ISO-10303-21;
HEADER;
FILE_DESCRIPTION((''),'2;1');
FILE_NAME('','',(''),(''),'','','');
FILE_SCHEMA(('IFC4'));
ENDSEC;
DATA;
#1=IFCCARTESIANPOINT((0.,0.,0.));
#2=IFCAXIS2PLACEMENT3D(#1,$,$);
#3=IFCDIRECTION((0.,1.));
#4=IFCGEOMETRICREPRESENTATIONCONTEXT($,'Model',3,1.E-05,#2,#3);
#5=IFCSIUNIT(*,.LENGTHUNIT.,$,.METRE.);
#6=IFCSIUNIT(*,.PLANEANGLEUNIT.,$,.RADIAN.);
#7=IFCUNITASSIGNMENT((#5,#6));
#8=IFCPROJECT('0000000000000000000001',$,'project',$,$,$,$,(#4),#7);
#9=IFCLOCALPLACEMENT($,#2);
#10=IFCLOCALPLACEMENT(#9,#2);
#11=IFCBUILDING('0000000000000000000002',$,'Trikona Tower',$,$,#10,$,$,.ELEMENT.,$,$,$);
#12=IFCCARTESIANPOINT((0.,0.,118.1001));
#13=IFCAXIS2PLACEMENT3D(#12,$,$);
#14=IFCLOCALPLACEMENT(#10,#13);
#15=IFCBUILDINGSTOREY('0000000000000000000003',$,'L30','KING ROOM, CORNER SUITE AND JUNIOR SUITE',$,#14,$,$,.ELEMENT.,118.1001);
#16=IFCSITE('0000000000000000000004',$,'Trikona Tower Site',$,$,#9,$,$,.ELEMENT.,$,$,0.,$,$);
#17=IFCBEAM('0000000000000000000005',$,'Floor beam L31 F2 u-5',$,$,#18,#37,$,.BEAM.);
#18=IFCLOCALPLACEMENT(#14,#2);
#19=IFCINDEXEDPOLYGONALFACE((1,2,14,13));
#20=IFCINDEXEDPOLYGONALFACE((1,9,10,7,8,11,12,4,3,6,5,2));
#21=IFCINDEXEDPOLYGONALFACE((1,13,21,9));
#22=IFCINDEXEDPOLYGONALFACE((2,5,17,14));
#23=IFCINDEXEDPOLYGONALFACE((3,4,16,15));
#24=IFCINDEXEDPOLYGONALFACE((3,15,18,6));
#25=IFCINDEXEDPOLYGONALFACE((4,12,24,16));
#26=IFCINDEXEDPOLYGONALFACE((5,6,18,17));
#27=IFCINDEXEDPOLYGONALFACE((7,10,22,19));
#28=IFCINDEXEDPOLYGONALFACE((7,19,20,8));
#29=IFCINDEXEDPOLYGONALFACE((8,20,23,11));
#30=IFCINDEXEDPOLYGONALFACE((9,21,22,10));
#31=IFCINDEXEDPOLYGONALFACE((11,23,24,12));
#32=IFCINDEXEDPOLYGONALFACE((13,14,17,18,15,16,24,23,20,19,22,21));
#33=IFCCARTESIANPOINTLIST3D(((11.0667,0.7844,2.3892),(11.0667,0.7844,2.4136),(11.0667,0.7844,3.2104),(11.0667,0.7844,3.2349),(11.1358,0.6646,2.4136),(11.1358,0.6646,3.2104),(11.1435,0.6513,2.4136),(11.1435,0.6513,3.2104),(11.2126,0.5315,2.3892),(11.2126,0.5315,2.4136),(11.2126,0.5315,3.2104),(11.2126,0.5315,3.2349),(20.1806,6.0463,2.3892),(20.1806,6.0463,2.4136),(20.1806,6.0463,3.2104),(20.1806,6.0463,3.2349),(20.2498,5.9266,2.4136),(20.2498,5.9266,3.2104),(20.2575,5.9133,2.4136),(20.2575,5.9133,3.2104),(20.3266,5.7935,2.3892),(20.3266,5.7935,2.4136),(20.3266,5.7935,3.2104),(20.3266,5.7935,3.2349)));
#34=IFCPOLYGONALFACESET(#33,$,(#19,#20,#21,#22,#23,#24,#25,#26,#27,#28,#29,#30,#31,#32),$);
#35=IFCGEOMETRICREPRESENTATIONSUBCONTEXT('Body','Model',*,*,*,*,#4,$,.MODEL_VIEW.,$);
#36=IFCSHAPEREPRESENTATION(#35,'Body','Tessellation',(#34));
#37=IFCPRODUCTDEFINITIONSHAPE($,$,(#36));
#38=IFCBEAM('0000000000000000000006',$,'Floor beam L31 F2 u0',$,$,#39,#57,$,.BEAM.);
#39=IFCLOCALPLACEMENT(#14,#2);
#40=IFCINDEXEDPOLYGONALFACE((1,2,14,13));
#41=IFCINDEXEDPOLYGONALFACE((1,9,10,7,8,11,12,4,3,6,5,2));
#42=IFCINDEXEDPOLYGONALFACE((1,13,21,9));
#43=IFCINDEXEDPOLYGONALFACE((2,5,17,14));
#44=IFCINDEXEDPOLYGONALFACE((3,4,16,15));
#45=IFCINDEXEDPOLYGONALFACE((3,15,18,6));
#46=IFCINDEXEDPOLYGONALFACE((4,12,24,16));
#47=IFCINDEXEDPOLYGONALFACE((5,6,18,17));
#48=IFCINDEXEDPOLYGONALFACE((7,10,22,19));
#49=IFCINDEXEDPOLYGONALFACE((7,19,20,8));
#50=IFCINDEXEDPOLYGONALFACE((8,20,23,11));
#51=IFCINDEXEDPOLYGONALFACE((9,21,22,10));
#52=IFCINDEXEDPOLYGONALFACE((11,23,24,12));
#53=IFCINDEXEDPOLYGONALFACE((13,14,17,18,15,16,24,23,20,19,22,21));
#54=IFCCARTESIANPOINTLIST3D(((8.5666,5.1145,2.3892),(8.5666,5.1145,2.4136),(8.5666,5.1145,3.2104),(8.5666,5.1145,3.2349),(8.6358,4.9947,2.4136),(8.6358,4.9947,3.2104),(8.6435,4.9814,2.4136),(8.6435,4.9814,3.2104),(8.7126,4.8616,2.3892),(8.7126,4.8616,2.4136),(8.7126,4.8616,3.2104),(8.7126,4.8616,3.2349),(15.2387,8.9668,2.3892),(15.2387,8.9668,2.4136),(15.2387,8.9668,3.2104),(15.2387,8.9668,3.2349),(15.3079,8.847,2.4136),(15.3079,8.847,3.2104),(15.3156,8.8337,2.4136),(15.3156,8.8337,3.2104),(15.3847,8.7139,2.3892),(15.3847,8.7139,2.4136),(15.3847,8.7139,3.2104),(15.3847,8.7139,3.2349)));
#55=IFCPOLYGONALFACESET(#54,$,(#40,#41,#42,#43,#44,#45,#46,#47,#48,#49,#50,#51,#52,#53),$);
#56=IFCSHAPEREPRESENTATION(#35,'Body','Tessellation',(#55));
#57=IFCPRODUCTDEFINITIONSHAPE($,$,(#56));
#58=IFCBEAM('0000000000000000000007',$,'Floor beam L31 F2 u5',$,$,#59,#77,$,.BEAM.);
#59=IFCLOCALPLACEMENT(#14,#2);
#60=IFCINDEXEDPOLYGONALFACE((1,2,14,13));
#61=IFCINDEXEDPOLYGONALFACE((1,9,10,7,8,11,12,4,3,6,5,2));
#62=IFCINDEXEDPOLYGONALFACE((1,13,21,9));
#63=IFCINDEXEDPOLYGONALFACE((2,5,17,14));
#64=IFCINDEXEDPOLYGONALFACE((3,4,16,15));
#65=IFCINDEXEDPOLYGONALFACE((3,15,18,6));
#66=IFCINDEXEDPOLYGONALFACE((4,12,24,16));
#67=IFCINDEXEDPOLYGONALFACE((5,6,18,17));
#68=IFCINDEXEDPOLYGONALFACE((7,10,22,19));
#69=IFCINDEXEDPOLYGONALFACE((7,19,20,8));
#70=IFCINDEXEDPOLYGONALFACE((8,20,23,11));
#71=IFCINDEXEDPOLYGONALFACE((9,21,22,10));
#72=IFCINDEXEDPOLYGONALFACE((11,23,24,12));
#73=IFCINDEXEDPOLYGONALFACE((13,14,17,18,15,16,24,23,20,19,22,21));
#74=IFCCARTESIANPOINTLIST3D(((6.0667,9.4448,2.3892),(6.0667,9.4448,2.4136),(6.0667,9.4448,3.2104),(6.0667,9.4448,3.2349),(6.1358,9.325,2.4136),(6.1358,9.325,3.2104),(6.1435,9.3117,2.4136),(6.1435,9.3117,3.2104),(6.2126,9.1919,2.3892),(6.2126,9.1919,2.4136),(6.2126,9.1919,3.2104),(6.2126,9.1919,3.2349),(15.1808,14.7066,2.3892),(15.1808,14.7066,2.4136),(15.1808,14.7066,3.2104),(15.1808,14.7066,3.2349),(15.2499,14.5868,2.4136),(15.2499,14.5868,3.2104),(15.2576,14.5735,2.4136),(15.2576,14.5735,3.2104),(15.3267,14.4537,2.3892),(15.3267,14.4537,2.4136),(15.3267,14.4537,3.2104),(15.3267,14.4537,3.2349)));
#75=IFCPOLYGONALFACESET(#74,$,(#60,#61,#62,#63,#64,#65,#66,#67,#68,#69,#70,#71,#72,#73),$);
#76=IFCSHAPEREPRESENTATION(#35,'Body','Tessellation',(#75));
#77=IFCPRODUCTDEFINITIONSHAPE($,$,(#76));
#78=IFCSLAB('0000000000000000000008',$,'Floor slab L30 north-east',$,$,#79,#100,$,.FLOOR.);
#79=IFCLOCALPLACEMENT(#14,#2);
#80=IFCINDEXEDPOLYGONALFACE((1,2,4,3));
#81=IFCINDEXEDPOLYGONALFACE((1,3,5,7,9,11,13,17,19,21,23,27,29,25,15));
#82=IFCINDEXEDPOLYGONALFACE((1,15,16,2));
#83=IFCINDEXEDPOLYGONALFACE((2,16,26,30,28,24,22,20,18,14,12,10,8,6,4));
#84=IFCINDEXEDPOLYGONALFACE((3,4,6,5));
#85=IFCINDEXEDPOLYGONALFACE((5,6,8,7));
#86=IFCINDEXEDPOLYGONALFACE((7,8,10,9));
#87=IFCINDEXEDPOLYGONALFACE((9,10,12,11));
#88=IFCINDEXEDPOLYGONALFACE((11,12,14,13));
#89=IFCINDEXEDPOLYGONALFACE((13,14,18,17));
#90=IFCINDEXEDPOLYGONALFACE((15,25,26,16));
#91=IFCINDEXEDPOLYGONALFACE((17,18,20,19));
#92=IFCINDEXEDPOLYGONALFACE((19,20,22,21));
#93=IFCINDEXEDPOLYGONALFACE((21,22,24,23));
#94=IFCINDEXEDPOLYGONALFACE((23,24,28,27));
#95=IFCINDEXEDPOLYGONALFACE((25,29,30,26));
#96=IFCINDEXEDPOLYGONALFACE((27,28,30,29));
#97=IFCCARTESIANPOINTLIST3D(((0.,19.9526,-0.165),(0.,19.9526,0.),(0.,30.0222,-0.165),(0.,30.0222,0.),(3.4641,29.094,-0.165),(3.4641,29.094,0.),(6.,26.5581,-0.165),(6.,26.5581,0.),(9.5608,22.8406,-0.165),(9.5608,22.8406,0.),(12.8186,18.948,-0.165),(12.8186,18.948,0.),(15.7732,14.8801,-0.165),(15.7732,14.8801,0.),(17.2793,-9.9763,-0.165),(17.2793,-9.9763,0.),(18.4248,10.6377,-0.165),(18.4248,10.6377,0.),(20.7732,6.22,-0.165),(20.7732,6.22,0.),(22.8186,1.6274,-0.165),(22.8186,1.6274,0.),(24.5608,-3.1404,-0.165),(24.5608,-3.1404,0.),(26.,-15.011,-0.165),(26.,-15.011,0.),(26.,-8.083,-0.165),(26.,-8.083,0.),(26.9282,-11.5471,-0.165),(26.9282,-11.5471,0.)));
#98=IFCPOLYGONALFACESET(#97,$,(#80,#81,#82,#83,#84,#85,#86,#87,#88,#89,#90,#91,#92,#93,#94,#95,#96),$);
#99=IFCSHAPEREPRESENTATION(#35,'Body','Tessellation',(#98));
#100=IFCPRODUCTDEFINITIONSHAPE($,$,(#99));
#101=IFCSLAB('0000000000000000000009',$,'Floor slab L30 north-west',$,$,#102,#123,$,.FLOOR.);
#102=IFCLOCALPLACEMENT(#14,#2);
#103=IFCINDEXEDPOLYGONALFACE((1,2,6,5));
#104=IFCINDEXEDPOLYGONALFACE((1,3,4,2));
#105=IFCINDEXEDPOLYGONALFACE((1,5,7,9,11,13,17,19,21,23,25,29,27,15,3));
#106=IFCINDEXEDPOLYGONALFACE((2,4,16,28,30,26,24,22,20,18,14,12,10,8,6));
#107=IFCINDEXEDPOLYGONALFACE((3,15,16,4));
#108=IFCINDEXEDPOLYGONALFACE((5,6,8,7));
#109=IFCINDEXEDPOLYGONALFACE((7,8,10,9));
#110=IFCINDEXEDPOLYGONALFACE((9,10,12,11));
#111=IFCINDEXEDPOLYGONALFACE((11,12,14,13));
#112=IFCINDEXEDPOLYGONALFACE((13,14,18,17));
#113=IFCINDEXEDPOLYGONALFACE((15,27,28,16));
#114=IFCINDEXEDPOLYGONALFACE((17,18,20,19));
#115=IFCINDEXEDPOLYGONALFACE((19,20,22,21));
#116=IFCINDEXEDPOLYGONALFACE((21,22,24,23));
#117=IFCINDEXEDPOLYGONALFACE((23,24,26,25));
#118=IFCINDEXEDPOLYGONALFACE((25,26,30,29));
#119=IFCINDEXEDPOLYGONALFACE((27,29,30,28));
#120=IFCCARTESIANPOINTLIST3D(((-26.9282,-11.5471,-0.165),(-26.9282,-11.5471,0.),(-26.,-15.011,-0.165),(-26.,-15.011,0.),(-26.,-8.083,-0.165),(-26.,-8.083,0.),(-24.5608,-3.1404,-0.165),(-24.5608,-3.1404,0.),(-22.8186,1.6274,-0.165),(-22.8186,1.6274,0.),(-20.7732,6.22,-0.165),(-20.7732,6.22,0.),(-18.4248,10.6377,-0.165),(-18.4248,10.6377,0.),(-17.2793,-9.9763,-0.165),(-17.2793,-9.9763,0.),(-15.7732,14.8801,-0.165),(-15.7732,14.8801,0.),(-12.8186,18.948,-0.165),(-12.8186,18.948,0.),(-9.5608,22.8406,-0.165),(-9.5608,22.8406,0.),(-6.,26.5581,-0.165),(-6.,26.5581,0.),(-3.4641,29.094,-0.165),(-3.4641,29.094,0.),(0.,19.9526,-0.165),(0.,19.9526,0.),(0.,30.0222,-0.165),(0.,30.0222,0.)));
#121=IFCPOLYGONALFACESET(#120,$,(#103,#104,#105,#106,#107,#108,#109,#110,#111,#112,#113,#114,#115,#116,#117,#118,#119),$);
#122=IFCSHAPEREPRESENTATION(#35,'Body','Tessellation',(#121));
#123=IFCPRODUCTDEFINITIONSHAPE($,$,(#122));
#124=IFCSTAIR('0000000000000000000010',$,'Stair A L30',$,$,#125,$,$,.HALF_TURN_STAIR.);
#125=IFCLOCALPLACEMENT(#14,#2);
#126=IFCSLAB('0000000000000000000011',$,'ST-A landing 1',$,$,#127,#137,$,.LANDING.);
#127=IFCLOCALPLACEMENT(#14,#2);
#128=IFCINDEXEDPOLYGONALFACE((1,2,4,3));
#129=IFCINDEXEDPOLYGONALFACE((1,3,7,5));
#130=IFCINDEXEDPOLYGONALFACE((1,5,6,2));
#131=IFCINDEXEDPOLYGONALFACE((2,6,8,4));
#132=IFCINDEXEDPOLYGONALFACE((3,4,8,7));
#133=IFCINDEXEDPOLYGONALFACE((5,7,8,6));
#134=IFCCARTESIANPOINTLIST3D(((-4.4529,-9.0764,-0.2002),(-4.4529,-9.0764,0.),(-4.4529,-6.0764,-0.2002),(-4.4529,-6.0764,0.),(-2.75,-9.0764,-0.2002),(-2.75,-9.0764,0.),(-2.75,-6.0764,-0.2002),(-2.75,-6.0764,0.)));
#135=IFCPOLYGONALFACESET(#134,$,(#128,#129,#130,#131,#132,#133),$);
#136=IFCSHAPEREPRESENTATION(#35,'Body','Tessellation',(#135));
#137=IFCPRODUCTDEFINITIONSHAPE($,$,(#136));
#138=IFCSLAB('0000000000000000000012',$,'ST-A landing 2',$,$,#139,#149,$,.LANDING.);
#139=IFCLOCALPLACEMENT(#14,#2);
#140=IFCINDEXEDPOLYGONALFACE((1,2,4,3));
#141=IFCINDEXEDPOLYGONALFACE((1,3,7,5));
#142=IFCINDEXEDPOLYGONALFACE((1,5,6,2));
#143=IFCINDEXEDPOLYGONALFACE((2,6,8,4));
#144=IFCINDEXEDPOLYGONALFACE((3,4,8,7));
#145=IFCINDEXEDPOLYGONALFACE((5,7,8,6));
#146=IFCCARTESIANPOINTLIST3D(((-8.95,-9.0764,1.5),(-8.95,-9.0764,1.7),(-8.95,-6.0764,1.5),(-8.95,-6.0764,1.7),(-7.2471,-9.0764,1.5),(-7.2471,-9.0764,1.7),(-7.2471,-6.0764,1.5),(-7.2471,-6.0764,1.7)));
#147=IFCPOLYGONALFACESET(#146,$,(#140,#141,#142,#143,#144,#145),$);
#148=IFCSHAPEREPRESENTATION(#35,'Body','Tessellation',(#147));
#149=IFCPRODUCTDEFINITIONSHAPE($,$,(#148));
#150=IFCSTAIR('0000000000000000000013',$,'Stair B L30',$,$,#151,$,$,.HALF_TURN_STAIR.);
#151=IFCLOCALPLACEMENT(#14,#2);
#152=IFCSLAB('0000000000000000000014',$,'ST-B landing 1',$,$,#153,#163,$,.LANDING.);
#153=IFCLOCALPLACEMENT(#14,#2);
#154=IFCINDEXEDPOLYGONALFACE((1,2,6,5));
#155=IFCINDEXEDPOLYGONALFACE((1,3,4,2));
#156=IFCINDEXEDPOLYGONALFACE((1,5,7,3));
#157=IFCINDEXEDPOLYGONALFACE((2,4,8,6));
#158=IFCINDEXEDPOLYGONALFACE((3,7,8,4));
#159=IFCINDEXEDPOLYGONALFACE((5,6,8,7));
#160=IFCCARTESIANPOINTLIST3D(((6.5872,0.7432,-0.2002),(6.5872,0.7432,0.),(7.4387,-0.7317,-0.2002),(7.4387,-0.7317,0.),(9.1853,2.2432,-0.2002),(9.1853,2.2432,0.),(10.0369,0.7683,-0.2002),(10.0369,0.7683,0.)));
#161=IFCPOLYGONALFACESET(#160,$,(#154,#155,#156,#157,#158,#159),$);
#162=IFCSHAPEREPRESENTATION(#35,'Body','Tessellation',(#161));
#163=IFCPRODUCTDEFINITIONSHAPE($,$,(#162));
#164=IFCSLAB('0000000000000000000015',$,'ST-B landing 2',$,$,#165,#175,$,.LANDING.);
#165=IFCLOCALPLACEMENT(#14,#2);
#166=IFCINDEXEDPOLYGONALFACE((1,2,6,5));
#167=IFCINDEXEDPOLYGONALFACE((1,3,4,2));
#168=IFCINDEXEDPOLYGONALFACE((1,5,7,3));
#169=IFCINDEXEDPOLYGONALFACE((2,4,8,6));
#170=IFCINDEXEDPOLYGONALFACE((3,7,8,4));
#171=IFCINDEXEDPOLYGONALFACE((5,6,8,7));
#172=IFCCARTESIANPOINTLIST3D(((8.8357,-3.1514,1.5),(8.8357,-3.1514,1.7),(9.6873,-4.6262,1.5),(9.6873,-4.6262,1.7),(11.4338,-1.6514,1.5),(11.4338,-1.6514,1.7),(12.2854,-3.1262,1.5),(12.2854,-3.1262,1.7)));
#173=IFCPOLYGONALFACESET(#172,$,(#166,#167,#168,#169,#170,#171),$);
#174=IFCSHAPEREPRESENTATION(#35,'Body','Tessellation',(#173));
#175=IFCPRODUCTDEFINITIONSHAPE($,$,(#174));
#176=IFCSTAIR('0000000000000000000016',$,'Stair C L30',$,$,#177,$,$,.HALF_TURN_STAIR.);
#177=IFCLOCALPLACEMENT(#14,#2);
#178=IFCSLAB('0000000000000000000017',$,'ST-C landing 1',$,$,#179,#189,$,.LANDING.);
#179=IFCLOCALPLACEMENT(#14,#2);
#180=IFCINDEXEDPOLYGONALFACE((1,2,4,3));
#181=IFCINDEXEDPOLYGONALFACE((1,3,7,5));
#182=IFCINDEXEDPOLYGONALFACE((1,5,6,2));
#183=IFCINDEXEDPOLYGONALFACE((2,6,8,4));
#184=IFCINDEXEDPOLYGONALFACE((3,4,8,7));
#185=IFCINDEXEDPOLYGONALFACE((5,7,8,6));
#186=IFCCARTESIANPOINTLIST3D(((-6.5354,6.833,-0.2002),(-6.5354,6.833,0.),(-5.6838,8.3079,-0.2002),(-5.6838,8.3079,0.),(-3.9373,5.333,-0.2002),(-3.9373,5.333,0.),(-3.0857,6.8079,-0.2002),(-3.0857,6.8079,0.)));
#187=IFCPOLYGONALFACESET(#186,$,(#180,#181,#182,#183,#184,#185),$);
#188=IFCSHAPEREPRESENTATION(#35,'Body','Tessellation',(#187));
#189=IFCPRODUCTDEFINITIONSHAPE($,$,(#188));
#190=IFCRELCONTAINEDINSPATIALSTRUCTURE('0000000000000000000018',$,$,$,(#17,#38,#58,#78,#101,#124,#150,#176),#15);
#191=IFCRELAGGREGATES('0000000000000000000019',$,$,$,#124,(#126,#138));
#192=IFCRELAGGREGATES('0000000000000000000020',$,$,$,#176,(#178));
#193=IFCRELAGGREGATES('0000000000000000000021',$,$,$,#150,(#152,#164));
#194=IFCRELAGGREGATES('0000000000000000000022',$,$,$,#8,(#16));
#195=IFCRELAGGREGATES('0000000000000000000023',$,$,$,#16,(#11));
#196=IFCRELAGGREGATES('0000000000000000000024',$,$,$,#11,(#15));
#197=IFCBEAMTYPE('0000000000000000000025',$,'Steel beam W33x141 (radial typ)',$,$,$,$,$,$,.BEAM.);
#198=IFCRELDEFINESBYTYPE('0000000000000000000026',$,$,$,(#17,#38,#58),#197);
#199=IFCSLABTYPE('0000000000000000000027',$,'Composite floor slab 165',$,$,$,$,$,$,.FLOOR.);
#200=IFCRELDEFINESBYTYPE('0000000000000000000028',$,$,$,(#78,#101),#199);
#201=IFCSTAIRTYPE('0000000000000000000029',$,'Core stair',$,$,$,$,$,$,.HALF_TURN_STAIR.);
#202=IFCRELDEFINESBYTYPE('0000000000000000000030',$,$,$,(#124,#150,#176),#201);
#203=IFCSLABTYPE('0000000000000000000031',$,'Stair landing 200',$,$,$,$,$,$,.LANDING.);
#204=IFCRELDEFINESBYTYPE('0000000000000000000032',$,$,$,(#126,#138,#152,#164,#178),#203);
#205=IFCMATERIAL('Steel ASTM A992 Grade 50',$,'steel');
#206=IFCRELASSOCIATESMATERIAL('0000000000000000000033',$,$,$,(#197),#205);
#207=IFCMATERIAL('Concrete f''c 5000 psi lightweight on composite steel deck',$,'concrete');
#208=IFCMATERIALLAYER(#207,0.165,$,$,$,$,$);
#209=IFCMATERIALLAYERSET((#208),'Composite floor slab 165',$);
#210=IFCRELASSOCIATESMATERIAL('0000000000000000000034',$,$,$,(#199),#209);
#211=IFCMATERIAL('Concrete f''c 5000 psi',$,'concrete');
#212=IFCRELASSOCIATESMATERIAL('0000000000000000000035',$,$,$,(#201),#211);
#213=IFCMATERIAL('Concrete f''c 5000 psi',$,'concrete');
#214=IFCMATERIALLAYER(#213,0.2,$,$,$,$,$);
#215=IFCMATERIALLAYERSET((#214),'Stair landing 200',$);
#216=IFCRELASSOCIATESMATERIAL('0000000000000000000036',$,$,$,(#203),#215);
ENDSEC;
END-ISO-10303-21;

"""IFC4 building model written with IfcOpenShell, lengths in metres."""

from ifc_helpers import new_model, si_unit, direction, frame, origin, origin_2d, place, context, subcontext, project, spatial, polyline, i_section, outline, extrude, material, layer, layer_set, material_profile, profile_set, type_object, element, aggregate, save


model = new_model("IFC4")

# Units and contexts
model_context = context("Model", 3, precision=1e-05, world=origin(), true_north=direction((0.0, 1.0)))
body_context = subcontext(model_context, "Body", "Model", "MODEL_VIEW")
ifc_project = project(units=[si_unit("LENGTHUNIT", "METRE"), si_unit("PLANEANGLEUNIT", "RADIAN")], contexts=[model_context])

# Site, building, storey
site_placement = place(None, origin())
site = spatial("IfcSite", under=ifc_project, at=site_placement, Name="Trikona Tower Site", CompositionType="ELEMENT", RefElevation=0.0)
building_placement = place(site_placement, origin())
building = spatial("IfcBuilding", under=site, at=building_placement, Name="Trikona Tower", CompositionType="ELEMENT")
storey_placement = place(building_placement, frame((0.0, 0.0, 118.1001)))
storey = spatial("IfcBuildingStorey", under=building, at=storey_placement, Name="L30", Description="KING ROOM, CORNER SUITE AND JUNIOR SUITE", CompositionType="ELEMENT", Elevation=118.1001)

# Beams
ifc_material_1 = material(Name="Steel ASTM A992 Grade 50", Category="steel")
ifc_material_profile = material_profile(ifc_material_1, i_section(OverallWidth=0.292, OverallDepth=0.8457, WebThickness=0.0154, FlangeThickness=0.0244, at=origin_2d()), Name="W33X141")
ifc_profile_set = profile_set([ifc_material_profile], Name="Steel ASTM A992 Grade 50")
beam_type = type_object("IfcBeamType", Name="Steel beam W33x141 (radial typ)", PredefinedType="BEAM", material=ifc_profile_set)
beam_1_placement = place(storey_placement, frame((11.1396, 0.658, 2.812), z_axis=(0.866026, 0.499999, 0.0), x_axis=(-0.499999, 0.866026, 0.0)))
element("IfcBeam", 1, at=beam_1_placement, inside=storey, type_object=beam_type, Name="Floor beam L31 F2 u-5", PredefinedType="BEAM", context=body_context, shape_type="SweptSolid", body=[
    extrude(i_section(OverallWidth=0.292, OverallDepth=0.8457, WebThickness=0.0154, FlangeThickness=0.0244, at=origin_2d()), origin(), (0.0, 0.0, 1.0), 10.5239),
])
beam_2_placement = place(storey_placement, frame((8.6396, 4.988, 2.812), z_axis=(0.866017, 0.500014, 0.0), x_axis=(-0.500014, 0.866017, 0.0)))
element("IfcBeam", 2, at=beam_2_placement, inside=storey, type_object=beam_type, Name="Floor beam L31 F2 u0", PredefinedType="BEAM", context=body_context, shape_type="SweptSolid", body=[
    extrude(i_section(OverallWidth=0.292, OverallDepth=0.8457, WebThickness=0.0154, FlangeThickness=0.0244, at=origin_2d()), origin(), (0.0, 0.0, 1.0), 7.7043),
])
beam_3_placement = place(storey_placement, frame((6.1396, 9.3184, 2.812), z_axis=(0.866036, 0.499982, 0.0), x_axis=(-0.499982, 0.866036, 0.0)))
element("IfcBeam", 3, at=beam_3_placement, inside=storey, type_object=beam_type, Name="Floor beam L31 F2 u5", PredefinedType="BEAM", context=body_context, shape_type="SweptSolid", body=[
    extrude(i_section(OverallWidth=0.292, OverallDepth=0.8457, WebThickness=0.0154, FlangeThickness=0.0244, at=origin_2d()), origin(), (0.0, 0.0, 1.0), 10.5239),
])

# Slabs
ifc_material_2 = material(Name="Concrete f'c 5000 psi lightweight on composite steel deck", Category="concrete")
ifc_layer_1 = layer(ifc_material_2, 0.165)
ifc_layer_set_1 = layer_set([ifc_layer_1], Name="Composite floor slab 165")
slab_type_1 = type_object("IfcSlabType", Name="Composite floor slab 165", PredefinedType="FLOOR", material=ifc_layer_set_1)
slab_1_placement = place(storey_placement, frame((0.0, 0.0, -0.165)))
element("IfcSlab", 4, at=slab_1_placement, inside=storey, type_object=slab_type_1, Name="Floor slab L30 north-east", PredefinedType="FLOOR", context=body_context, shape_type="SweptSolid", body=[
    extrude(outline(polyline([(3.4641, 29.094), (0.0, 30.0222), (0.0, 19.9526), (17.2793, -9.9763), (26.0, -15.011), (26.9282, -11.5471), (26.0, -8.083), (24.5608, -3.1404), (22.8186, 1.6274), (20.7732, 6.22), (18.4248, 10.6377), (15.7732, 14.8801), (12.8186, 18.948), (9.5608, 22.8406), (6.0, 26.5581), (3.4641, 29.094)])), origin(), (0.0, 0.0, 1.0), 0.165),
])
slab_2_placement = place(storey_placement, frame((0.0, 0.0, -0.165)))
element("IfcSlab", 5, at=slab_2_placement, inside=storey, type_object=slab_type_1, Name="Floor slab L30 north-west", PredefinedType="FLOOR", context=body_context, shape_type="SweptSolid", body=[
    extrude(outline(polyline([(0.0, 19.9526), (0.0, 30.0222), (-3.4641, 29.094), (-6.0, 26.5581), (-9.5608, 22.8406), (-12.8186, 18.948), (-15.7732, 14.8801), (-18.4248, 10.6377), (-20.7732, 6.22), (-22.8186, 1.6274), (-24.5608, -3.1404), (-26.0, -8.083), (-26.9282, -11.5471), (-26.0, -15.011), (-17.2793, -9.9763), (0.0, 19.9526)])), origin(), (0.0, 0.0, 1.0), 0.165),
])

# Stairs, slabs
ifc_material_3 = material(Name="Concrete f'c 5000 psi", Category="concrete")
stair_type = type_object("IfcStairType", Name="Core stair", PredefinedType="HALF_TURN_STAIR", material=ifc_material_3)
stair_1_placement = place(storey_placement, origin())
stair_1 = element("IfcStair", 6, at=stair_1_placement, inside=storey, type_object=stair_type, Name="Stair A L30", PredefinedType="HALF_TURN_STAIR")
ifc_material_4 = material(Name="Concrete f'c 5000 psi", Category="concrete")
ifc_layer_2 = layer(ifc_material_4, 0.2)
ifc_layer_set_2 = layer_set([ifc_layer_2], Name="Stair landing 200")
slab_type_2 = type_object("IfcSlabType", Name="Stair landing 200", PredefinedType="LANDING", material=ifc_layer_set_2)
slab_3_placement = place(storey_placement, frame((0.0, 0.0, -0.2002)))
slab_3 = element("IfcSlab", 7, at=slab_3_placement, type_object=slab_type_2, Name="ST-A landing 1", PredefinedType="LANDING", context=body_context, shape_type="SweptSolid", body=[
    extrude(outline(polyline([(-4.4529, -6.0764), (-2.75, -6.0764), (-2.75, -9.0764), (-4.4529, -9.0764), (-4.4529, -6.0764)])), origin(), (0.0, 0.0, 1.0), 0.2002),
])
slab_4_placement = place(storey_placement, frame((0.0, 0.0, 1.5)))
slab_4 = element("IfcSlab", 8, at=slab_4_placement, type_object=slab_type_2, Name="ST-A landing 2", PredefinedType="LANDING", context=body_context, shape_type="SweptSolid", body=[
    extrude(outline(polyline([(-8.95, -6.0764), (-7.2471, -6.0764), (-7.2471, -9.0764), (-8.95, -9.0764), (-8.95, -6.0764)])), origin(), (0.0, 0.0, 1.0), 0.2),
])
aggregate(stair_1, [slab_3, slab_4])
stair_2_placement = place(storey_placement, origin())
stair_2 = element("IfcStair", 9, at=stair_2_placement, inside=storey, type_object=stair_type, Name="Stair B L30", PredefinedType="HALF_TURN_STAIR")
slab_5_placement = place(storey_placement, frame((0.0, 0.0, -0.2002)))
slab_5 = element("IfcSlab", 10, at=slab_5_placement, type_object=slab_type_2, Name="ST-B landing 1", PredefinedType="LANDING", context=body_context, shape_type="SweptSolid", body=[
    extrude(outline(polyline([(7.4387, -0.7317), (6.5872, 0.7432), (9.1853, 2.2432), (10.0369, 0.7683), (7.4387, -0.7317)])), origin(), (0.0, 0.0, 1.0), 0.2002),
])
slab_6_placement = place(storey_placement, frame((0.0, 0.0, 1.5)))
slab_6 = element("IfcSlab", 11, at=slab_6_placement, type_object=slab_type_2, Name="ST-B landing 2", PredefinedType="LANDING", context=body_context, shape_type="SweptSolid", body=[
    extrude(outline(polyline([(9.6873, -4.6262), (8.8357, -3.1514), (11.4338, -1.6514), (12.2854, -3.1262), (9.6873, -4.6262)])), origin(), (0.0, 0.0, 1.0), 0.2),
])
stair_3_placement = place(storey_placement, origin())
stair_3 = element("IfcStair", 12, at=stair_3_placement, inside=storey, type_object=stair_type, Name="Stair C L30", PredefinedType="HALF_TURN_STAIR")
slab_7_placement = place(storey_placement, frame((0.0, 0.0, -0.2002)))
slab_7 = element("IfcSlab", 13, at=slab_7_placement, type_object=slab_type_2, Name="ST-C landing 1", PredefinedType="LANDING", context=body_context, shape_type="SweptSolid", body=[
    extrude(outline(polyline([(-3.0857, 6.8079), (-3.9373, 5.333), (-6.5354, 6.833), (-5.6838, 8.3079), (-3.0857, 6.8079)])), origin(), (0.0, 0.0, 1.0), 0.2002),
])
aggregate(stair_3, [slab_7])

aggregate(stair_2, [slab_5, slab_6])

save(model, "model.ifc")
